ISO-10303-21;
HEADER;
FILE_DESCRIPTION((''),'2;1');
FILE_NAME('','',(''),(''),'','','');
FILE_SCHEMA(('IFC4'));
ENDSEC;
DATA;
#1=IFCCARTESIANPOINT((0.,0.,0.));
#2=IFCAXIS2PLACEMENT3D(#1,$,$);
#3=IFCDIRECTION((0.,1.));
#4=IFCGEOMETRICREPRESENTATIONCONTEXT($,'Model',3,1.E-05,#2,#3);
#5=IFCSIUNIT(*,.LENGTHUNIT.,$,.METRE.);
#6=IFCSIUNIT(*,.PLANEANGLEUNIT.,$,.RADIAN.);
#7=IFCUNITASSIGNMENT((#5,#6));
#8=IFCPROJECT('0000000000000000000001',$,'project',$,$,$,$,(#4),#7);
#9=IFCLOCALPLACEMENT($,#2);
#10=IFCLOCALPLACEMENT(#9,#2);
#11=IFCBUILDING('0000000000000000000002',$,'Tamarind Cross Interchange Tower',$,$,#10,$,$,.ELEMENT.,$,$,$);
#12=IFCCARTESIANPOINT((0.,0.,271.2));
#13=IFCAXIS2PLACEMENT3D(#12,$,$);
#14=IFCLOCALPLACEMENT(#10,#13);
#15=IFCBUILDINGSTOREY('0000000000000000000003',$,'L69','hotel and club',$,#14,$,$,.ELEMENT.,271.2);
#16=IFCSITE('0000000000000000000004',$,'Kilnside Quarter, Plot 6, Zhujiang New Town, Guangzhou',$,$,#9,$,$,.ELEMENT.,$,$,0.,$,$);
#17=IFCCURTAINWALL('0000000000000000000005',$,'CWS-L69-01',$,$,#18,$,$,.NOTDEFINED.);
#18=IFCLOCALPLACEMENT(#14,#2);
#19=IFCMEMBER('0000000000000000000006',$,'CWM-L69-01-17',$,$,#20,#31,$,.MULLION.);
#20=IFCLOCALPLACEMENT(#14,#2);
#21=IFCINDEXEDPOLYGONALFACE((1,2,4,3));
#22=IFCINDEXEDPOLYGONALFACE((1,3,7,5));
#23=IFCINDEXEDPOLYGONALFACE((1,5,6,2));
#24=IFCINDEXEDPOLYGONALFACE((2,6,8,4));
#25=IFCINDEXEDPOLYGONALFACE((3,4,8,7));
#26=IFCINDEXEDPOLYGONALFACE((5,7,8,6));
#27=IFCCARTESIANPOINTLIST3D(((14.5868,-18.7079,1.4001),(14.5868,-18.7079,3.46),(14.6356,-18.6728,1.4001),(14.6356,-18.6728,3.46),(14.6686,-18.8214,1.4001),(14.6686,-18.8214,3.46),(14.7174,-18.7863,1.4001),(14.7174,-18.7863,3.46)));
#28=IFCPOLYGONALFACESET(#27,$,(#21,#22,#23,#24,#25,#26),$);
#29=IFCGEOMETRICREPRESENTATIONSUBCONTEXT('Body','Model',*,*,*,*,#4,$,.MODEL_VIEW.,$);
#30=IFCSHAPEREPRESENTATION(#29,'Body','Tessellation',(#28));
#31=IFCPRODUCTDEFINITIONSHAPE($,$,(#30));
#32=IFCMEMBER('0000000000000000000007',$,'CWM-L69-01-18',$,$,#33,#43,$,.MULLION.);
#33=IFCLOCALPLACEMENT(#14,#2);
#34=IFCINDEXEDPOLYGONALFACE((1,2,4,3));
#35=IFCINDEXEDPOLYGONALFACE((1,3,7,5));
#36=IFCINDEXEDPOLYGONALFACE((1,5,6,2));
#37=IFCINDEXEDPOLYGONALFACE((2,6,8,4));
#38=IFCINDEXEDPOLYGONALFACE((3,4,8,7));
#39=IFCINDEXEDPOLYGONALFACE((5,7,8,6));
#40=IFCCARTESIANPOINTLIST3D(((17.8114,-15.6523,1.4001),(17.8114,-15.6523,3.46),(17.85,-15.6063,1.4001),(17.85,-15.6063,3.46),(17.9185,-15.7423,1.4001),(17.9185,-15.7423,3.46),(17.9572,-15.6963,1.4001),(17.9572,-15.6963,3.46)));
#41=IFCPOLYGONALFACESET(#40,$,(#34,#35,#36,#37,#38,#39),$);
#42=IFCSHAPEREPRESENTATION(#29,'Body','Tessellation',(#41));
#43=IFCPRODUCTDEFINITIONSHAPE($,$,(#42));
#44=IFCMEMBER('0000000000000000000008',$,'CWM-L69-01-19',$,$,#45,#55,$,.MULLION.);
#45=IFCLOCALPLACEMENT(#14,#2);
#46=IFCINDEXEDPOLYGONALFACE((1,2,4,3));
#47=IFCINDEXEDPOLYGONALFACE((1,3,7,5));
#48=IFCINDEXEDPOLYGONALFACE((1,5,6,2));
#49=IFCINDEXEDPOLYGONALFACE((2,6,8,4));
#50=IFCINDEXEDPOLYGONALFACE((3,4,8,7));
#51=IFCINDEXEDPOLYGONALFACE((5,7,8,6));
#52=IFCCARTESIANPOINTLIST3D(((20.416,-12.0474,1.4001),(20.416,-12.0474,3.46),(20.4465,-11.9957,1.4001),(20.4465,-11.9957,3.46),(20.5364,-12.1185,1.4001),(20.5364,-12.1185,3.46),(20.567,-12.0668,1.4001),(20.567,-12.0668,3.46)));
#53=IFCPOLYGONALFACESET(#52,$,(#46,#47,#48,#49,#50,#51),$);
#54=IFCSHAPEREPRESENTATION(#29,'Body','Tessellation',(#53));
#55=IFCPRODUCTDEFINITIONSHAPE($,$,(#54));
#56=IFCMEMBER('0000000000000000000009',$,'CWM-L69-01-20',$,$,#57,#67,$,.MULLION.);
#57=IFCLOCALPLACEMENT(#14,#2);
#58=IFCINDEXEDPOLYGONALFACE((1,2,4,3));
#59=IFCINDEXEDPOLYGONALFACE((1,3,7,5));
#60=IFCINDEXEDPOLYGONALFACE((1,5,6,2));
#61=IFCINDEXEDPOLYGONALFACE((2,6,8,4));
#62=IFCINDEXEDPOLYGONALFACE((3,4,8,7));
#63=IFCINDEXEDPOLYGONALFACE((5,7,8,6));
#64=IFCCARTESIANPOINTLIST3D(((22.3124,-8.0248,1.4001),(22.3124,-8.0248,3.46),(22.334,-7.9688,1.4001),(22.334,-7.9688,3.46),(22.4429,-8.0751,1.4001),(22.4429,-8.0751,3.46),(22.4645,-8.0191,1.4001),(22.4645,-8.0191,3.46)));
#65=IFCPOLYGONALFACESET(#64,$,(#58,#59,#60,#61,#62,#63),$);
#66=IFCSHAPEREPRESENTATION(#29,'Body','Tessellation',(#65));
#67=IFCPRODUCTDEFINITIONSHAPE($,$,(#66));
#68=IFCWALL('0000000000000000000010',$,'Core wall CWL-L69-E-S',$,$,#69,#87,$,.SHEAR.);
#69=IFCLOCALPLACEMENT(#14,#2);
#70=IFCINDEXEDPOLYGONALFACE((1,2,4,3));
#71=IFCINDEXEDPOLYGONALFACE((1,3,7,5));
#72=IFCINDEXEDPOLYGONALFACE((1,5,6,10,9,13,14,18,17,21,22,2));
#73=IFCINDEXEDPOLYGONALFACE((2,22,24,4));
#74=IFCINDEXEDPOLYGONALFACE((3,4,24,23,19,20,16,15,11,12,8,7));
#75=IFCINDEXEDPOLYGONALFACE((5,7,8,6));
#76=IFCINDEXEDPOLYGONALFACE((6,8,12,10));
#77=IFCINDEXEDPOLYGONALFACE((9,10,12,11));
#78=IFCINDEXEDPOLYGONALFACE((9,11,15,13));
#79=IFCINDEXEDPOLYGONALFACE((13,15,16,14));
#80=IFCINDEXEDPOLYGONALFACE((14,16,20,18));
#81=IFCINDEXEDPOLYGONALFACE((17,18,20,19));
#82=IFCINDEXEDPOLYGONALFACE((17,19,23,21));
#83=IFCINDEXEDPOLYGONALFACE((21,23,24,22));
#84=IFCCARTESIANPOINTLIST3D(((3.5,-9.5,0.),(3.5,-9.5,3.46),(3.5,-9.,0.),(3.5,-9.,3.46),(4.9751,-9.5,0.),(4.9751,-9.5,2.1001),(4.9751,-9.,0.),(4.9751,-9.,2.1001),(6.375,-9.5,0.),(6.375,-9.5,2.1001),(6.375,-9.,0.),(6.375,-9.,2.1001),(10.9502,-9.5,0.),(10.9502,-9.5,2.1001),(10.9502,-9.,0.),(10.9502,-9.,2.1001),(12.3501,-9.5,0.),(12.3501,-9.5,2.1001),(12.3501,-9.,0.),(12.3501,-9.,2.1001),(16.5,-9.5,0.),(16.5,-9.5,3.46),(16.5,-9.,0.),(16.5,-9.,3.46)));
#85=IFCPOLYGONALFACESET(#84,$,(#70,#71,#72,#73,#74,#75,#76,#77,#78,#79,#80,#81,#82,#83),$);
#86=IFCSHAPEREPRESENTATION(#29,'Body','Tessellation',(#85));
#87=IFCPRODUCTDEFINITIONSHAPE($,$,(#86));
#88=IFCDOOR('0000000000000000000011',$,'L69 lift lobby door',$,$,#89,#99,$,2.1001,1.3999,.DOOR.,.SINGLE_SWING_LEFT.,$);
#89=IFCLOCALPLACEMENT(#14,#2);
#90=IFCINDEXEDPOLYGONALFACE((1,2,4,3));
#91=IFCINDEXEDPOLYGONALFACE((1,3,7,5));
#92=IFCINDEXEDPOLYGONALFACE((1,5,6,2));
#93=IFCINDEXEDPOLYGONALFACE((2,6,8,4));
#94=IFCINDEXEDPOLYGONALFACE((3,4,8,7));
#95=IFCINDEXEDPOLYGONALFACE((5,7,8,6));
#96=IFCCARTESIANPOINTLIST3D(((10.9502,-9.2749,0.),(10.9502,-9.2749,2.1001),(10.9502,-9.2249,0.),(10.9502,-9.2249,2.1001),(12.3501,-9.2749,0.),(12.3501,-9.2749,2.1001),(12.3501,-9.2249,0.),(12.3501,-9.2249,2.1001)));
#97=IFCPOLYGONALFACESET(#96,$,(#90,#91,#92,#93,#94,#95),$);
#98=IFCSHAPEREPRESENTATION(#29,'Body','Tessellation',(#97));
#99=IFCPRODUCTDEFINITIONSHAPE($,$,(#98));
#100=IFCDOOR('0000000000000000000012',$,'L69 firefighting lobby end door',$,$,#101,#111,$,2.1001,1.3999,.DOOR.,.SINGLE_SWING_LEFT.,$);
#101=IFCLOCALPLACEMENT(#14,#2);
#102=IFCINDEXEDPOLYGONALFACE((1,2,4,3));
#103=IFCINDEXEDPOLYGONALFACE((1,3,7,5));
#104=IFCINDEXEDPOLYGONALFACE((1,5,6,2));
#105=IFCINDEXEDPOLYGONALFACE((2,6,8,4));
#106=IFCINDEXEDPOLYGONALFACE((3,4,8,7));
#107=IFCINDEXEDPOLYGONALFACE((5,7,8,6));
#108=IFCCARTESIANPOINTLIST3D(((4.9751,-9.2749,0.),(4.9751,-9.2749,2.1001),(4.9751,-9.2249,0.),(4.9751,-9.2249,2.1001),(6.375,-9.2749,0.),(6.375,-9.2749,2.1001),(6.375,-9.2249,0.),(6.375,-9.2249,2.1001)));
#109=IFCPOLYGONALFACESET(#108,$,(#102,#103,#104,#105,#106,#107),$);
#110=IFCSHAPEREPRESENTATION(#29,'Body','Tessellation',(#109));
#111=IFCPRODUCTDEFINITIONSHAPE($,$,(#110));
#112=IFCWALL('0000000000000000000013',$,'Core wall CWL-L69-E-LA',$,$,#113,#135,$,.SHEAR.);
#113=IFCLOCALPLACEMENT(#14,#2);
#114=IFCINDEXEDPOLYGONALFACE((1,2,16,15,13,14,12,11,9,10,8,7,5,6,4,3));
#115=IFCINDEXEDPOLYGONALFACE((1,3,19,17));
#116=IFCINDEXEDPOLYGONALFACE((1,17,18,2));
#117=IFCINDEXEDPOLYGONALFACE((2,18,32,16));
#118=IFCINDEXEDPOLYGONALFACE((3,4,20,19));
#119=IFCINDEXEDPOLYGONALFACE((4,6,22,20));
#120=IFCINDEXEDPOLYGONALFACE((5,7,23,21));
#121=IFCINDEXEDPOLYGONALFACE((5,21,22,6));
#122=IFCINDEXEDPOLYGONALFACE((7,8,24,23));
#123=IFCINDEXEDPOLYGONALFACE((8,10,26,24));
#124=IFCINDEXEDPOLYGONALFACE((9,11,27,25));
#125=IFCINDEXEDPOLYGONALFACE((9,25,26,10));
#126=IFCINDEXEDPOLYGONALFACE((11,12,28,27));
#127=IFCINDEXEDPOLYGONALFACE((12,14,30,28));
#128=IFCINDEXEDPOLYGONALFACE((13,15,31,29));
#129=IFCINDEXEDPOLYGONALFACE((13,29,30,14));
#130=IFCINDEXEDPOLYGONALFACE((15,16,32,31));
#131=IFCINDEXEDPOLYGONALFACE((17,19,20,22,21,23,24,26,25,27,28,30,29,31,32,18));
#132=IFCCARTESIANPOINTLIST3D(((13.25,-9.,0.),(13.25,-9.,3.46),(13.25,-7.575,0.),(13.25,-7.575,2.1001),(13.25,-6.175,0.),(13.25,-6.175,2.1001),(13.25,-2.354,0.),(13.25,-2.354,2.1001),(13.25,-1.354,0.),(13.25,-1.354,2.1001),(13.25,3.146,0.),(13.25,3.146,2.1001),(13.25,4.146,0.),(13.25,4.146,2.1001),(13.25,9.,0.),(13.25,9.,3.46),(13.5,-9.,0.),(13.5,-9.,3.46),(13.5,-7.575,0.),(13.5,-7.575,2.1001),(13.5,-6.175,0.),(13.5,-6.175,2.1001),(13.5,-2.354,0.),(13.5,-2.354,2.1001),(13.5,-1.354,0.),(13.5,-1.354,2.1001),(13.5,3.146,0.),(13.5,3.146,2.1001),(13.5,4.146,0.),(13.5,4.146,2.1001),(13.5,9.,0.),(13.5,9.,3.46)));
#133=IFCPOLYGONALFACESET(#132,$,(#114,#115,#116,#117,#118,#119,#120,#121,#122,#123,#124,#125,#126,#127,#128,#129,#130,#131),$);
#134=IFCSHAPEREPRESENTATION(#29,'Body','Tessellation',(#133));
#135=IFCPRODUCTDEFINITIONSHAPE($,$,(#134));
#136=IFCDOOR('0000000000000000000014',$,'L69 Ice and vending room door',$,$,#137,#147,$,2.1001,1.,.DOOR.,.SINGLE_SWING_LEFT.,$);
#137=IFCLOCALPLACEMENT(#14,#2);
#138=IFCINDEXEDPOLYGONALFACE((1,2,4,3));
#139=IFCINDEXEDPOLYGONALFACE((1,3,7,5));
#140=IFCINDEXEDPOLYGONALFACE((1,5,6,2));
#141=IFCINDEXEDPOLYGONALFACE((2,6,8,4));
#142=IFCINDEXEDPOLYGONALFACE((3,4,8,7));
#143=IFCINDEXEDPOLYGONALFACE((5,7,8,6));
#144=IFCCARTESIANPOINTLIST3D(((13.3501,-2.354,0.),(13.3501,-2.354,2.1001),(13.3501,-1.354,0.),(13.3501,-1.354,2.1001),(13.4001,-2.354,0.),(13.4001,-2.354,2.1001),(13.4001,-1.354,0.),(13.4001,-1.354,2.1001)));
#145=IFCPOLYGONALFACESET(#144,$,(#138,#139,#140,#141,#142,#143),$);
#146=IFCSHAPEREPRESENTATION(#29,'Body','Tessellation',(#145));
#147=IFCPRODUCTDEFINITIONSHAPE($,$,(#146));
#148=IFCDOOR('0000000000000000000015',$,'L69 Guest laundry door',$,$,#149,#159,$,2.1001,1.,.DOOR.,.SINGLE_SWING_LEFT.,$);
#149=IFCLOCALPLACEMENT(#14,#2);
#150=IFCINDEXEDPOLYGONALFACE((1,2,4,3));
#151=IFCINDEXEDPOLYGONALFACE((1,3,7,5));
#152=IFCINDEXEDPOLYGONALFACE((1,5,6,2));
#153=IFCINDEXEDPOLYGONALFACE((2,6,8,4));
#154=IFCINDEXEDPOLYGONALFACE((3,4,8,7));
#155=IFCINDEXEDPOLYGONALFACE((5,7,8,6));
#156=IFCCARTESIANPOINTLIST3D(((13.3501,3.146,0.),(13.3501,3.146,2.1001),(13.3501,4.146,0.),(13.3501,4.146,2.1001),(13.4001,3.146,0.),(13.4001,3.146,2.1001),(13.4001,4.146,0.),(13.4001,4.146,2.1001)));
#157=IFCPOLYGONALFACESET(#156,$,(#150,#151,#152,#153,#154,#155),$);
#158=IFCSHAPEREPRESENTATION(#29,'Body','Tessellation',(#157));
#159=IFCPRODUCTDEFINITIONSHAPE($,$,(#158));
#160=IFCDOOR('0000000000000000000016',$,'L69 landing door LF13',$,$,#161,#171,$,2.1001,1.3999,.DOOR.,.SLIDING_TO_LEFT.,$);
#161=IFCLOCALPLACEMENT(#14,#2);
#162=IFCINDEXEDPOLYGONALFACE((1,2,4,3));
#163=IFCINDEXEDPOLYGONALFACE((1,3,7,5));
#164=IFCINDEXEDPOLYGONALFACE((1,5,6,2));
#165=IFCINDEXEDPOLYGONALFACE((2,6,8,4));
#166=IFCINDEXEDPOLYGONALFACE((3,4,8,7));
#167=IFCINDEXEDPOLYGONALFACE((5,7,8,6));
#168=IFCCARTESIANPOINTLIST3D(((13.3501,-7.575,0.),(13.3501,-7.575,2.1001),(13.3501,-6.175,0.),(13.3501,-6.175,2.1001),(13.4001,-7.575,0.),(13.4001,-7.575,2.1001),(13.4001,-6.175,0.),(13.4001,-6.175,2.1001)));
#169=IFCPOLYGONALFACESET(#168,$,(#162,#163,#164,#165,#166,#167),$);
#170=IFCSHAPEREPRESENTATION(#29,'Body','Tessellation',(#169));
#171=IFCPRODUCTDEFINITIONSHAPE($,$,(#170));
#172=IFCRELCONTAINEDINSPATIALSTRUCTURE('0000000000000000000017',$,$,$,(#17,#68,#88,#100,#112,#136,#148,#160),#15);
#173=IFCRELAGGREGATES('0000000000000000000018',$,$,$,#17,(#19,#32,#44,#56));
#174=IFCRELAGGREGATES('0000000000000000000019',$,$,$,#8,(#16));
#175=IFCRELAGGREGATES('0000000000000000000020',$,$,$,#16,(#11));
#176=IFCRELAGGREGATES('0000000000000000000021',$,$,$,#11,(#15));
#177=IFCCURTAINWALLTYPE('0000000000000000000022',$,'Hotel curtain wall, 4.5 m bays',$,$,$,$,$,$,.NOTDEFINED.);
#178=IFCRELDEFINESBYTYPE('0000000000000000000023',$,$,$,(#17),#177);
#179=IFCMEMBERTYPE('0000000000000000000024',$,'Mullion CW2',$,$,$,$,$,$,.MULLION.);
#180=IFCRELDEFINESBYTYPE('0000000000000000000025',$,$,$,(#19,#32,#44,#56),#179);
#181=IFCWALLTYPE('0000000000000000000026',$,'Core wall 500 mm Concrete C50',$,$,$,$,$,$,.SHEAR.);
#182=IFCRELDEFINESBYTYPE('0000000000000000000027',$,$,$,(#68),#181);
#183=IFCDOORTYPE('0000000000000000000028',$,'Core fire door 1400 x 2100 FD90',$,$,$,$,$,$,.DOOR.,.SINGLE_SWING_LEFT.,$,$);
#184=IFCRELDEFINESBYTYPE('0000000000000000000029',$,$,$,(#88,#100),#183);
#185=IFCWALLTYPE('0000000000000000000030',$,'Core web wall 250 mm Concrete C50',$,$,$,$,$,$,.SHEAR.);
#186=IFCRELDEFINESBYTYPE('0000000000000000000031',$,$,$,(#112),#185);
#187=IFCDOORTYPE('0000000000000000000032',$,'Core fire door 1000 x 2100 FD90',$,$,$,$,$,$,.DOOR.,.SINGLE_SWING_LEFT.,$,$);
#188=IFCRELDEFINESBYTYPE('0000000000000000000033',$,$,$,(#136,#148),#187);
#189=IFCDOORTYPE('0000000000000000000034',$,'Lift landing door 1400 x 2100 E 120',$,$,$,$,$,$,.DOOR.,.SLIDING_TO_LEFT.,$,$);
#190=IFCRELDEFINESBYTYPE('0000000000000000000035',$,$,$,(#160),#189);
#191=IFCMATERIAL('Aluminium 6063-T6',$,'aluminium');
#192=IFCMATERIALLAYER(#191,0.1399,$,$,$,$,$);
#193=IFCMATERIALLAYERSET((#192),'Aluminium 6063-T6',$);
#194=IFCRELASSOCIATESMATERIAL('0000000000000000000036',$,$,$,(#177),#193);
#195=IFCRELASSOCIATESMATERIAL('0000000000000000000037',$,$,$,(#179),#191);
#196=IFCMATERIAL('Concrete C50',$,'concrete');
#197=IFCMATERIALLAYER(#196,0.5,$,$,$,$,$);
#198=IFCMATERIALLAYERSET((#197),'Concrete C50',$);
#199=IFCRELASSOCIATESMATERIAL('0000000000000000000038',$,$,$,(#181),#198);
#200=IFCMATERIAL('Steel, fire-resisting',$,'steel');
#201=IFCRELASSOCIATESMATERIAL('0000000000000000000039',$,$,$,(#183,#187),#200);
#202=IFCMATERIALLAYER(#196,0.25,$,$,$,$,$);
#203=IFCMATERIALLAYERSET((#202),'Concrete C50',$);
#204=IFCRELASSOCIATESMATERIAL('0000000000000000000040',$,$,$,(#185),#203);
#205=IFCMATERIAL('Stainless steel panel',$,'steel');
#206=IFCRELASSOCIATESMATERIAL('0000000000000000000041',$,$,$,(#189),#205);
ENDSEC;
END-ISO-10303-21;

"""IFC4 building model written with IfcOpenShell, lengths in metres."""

from ifc_helpers import new_model, si_unit, direction, frame, frame_2d, origin, origin_2d, place, context, subcontext, project, spatial, rectangle, extrude, material, layer, layer_set, material_profile, profile_set, type_object, element, fill, aggregate, save


model = new_model("IFC4")

# Units and contexts
model_context = context("Model", 3, precision=1e-05, world=origin(), true_north=direction((0.0, 1.0)))
body_context = subcontext(model_context, "Body", "Model", "MODEL_VIEW")
ifc_project = project(units=[si_unit("LENGTHUNIT", "METRE"), si_unit("PLANEANGLEUNIT", "RADIAN")], contexts=[model_context])

# Site, building, storey
site_placement = place(None, origin())
site = spatial("IfcSite", under=ifc_project, at=site_placement, Name="Kilnside Quarter, Plot 6, Zhujiang New Town, Guangzhou", CompositionType="ELEMENT", RefElevation=0.0)
building_placement = place(site_placement, origin())
building = spatial("IfcBuilding", under=site, at=building_placement, Name="Tamarind Cross Interchange Tower", CompositionType="ELEMENT")
storey_placement = place(building_placement, frame((0.0, 0.0, 271.2)))
storey = spatial("IfcBuildingStorey", under=building, at=storey_placement, Name="L69", Description="hotel and club", CompositionType="ELEMENT", Elevation=271.2)

# Curtain wall, members
ifc_material_1 = material(Name="Aluminium 6063-T6", Category="aluminium")
ifc_layer_1 = layer(ifc_material_1, 0.1399)
ifc_layer_set_1 = layer_set([ifc_layer_1], Name="Aluminium 6063-T6")
curtain_wall_type = type_object("IfcCurtainWallType", Name="Hotel curtain wall, 4.5 m bays", PredefinedType="NOTDEFINED", material=ifc_layer_set_1)
curtain_wall_placement = place(storey_placement, origin())
curtain_wall = element("IfcCurtainWall", 1, at=curtain_wall_placement, inside=storey, type_object=curtain_wall_type, Name="CWS-L69-01", PredefinedType="NOTDEFINED")
ifc_material_profile_1 = material_profile(ifc_material_1, rectangle(XDim=0.0601, YDim=0.1399, at=origin_2d()), Name="Mullion CW2")
ifc_profile_set_1 = profile_set([ifc_material_profile_1], Name="Aluminium 6063-T6")
member_type = type_object("IfcMemberType", Name="Mullion CW2", PredefinedType="MULLION", material=ifc_profile_set_1)
member_1_placement = place(storey_placement, frame((14.6521, -18.7471, 1.4001), z_axis=(0.0, 0.0, 1.0), x_axis=(0.81134, 0.584574, 0.0)))
member_1 = element("IfcMember", 2, at=member_1_placement, type_object=member_type, Name="CWM-L69-01-17", PredefinedType="MULLION", context=body_context, shape_type="SweptSolid", body=[
    extrude(rectangle(XDim=0.0601, YDim=0.1399, at=origin_2d()), origin(), (0.0, 0.0, 1.0), 2.0598),
])
member_2_placement = place(storey_placement, frame((17.8843, -15.6743, 1.4001), z_axis=(0.0, 0.0, 1.0), x_axis=(0.643009, 0.765858, 0.0)))
member_2 = element("IfcMember", 3, at=member_2_placement, type_object=member_type, Name="CWM-L69-01-18", PredefinedType="MULLION", context=body_context, shape_type="SweptSolid", body=[
    extrude(rectangle(XDim=0.0601, YDim=0.1399, at=origin_2d()), origin(), (0.0, 0.0, 1.0), 2.0598),
])
member_3_placement = place(storey_placement, frame((20.4915, -12.0571, 1.4001), z_axis=(0.0, 0.0, 1.0), x_axis=(0.508183, 0.861249, 0.0)))
member_3 = element("IfcMember", 4, at=member_3_placement, type_object=member_type, Name="CWM-L69-01-19", PredefinedType="MULLION", context=body_context, shape_type="SweptSolid", body=[
    extrude(rectangle(XDim=0.0601, YDim=0.1399, at=origin_2d()), origin(), (0.0, 0.0, 1.0), 2.0598),
])
member_4_placement = place(storey_placement, frame((22.3884, -8.022, 1.4001), z_axis=(0.0, 0.0, 1.0), x_axis=(0.359495, 0.933147, 0.0)))
member_4 = element("IfcMember", 5, at=member_4_placement, type_object=member_type, Name="CWM-L69-01-20", PredefinedType="MULLION", context=body_context, shape_type="SweptSolid", body=[
    extrude(rectangle(XDim=0.0601, YDim=0.1399, at=origin_2d()), origin(), (0.0, 0.0, 1.0), 2.0598),
])
aggregate(curtain_wall, [member_1, member_2, member_3, member_4])

# Walls, openings, doors
ifc_material_2 = material(Name="Concrete C50", Category="concrete")
ifc_layer_2 = layer(ifc_material_2, 0.5)
ifc_layer_set_2 = layer_set([ifc_layer_2], Name="Concrete C50")
wall_type_1 = type_object("IfcWallType", Name="Core wall 500 mm Concrete C50", PredefinedType="SHEAR", material=ifc_layer_set_2)
wall_1_placement = place(storey_placement, frame((16.5, -9.25, 0.0), z_axis=(0.0, 0.0, 1.0), x_axis=(-1.0, 0.0, 0.0)))
wall_1 = element("IfcWall", 6, at=wall_1_placement, inside=storey, type_object=wall_type_1, Name="Core wall CWL-L69-E-S", PredefinedType="SHEAR", context=body_context, shape_type="SweptSolid", body=[
    extrude(rectangle(XDim=13.0, YDim=0.5, at=frame_2d((6.5, 0.0))), origin(), (0.0, 0.0, 1.0), 3.46),
])
opening_1_placement = place(wall_1_placement, frame((4.1499, 0.0, 0.0)))
opening_1 = element("IfcOpeningElement", 7, at=opening_1_placement, cuts=wall_1, PredefinedType="OPENING", context=body_context, shape_type="SweptSolid", body=[
    extrude(rectangle(XDim=1.3999, YDim=2.1001, at=frame_2d((0.7, 1.05))), frame((0.0, 0.26, 0.0), z_axis=(0.0, -1.0, 0.0), x_axis=(1.0, 0.0, 0.0)), (0.0, 0.0, 1.0), 0.52),
])
opening_2_placement = place(wall_1_placement, frame((10.125, 0.0, 0.0)))
opening_2 = element("IfcOpeningElement", 8, at=opening_2_placement, cuts=wall_1, PredefinedType="OPENING", context=body_context, shape_type="SweptSolid", body=[
    extrude(rectangle(XDim=1.3999, YDim=2.1001, at=frame_2d((0.7, 1.05))), frame((0.0, 0.26, 0.0), z_axis=(0.0, -1.0, 0.0), x_axis=(1.0, 0.0, 0.0)), (0.0, 0.0, 1.0), 0.52),
])
ifc_material_3 = material(Name="Steel, fire-resisting", Category="steel")
door_type_1 = type_object("IfcDoorType", Name="Core fire door 1400 x 2100 FD90", OperationType="SINGLE_SWING_LEFT", PredefinedType="DOOR", material=ifc_material_3)
door_1_placement = place(opening_1_placement, origin())
door_1 = element("IfcDoor", 9, at=door_1_placement, inside=storey, type_object=door_type_1, Name="L69 lift lobby door", OperationType="SINGLE_SWING_LEFT", OverallHeight=2.1001, OverallWidth=1.3999, PredefinedType="DOOR", context=body_context, shape_type="SweptSolid", body=[
    extrude(rectangle(XDim=1.3999, YDim=2.1001, at=frame_2d((0.7, 1.05))), frame((0.0, 0.0249, 0.0), z_axis=(0.0, -1.0, 0.0), x_axis=(1.0, 0.0, 0.0)), (0.0, 0.0, 1.0), 0.05),
])
fill(opening_1, door_1)
door_2_placement = place(opening_2_placement, origin())
door_2 = element("IfcDoor", 10, at=door_2_placement, inside=storey, type_object=door_type_1, Name="L69 firefighting lobby end door", OperationType="SINGLE_SWING_LEFT", OverallHeight=2.1001, OverallWidth=1.3999, PredefinedType="DOOR", context=body_context, shape_type="SweptSolid", body=[
    extrude(rectangle(XDim=1.3999, YDim=2.1001, at=frame_2d((0.7, 1.05))), frame((0.0, 0.0249, 0.0), z_axis=(0.0, -1.0, 0.0), x_axis=(1.0, 0.0, 0.0)), (0.0, 0.0, 1.0), 0.05),
])
fill(opening_2, door_2)
ifc_layer_3 = layer(ifc_material_2, 0.25)
ifc_layer_set_3 = layer_set([ifc_layer_3], Name="Concrete C50")
wall_type_2 = type_object("IfcWallType", Name="Core web wall 250 mm Concrete C50", PredefinedType="SHEAR", material=ifc_layer_set_3)
wall_2_placement = place(storey_placement, frame((13.375, -9.0, 0.0), z_axis=(0.0, 0.0, 1.0), x_axis=(0.0, 1.0, 0.0)))
wall_2 = element("IfcWall", 11, at=wall_2_placement, inside=storey, type_object=wall_type_2, Name="Core wall CWL-L69-E-LA", PredefinedType="SHEAR", context=body_context, shape_type="SweptSolid", body=[
    extrude(rectangle(XDim=18.0, YDim=0.25, at=frame_2d((9.0, 0.0))), origin(), (0.0, 0.0, 1.0), 3.46),
])
opening_3_placement = place(wall_2_placement, frame((1.425, 0.0, 0.0)))
opening_3 = element("IfcOpeningElement", 12, at=opening_3_placement, cuts=wall_2, PredefinedType="OPENING", context=body_context, shape_type="SweptSolid", body=[
    extrude(rectangle(XDim=1.3999, YDim=2.1001, at=frame_2d((0.7, 1.05))), frame((0.0, 0.135, 0.0), z_axis=(0.0, -1.0, 0.0), x_axis=(1.0, 0.0, 0.0)), (0.0, 0.0, 1.0), 0.27),
])
opening_4_placement = place(wall_2_placement, frame((6.646, 0.0, 0.0)))
opening_4 = element("IfcOpeningElement", 13, at=opening_4_placement, cuts=wall_2, PredefinedType="OPENING", context=body_context, shape_type="SweptSolid", body=[
    extrude(rectangle(XDim=1.0, YDim=2.1001, at=frame_2d((0.5, 1.05))), frame((0.0, 0.135, 0.0), z_axis=(0.0, -1.0, 0.0), x_axis=(1.0, 0.0, 0.0)), (0.0, 0.0, 1.0), 0.27),
])
opening_5_placement = place(wall_2_placement, frame((12.146, 0.0, 0.0)))
opening_5 = element("IfcOpeningElement", 14, at=opening_5_placement, cuts=wall_2, PredefinedType="OPENING", context=body_context, shape_type="SweptSolid", body=[
    extrude(rectangle(XDim=1.0, YDim=2.1001, at=frame_2d((0.5, 1.05))), frame((0.0, 0.135, 0.0), z_axis=(0.0, -1.0, 0.0), x_axis=(1.0, 0.0, 0.0)), (0.0, 0.0, 1.0), 0.27),
])
door_type_2 = type_object("IfcDoorType", Name="Core fire door 1000 x 2100 FD90", OperationType="SINGLE_SWING_LEFT", PredefinedType="DOOR", material=ifc_material_3)
door_3_placement = place(opening_4_placement, origin())
door_3 = element("IfcDoor", 15, at=door_3_placement, inside=storey, type_object=door_type_2, Name="L69 Ice and vending room door", OperationType="SINGLE_SWING_LEFT", OverallHeight=2.1001, OverallWidth=1.0, PredefinedType="DOOR", context=body_context, shape_type="SweptSolid", body=[
    extrude(rectangle(XDim=1.0, YDim=2.1001, at=frame_2d((0.5, 1.05))), frame((0.0, 0.0249, 0.0), z_axis=(0.0, -1.0, 0.0), x_axis=(1.0, 0.0, 0.0)), (0.0, 0.0, 1.0), 0.05),
])
fill(opening_4, door_3)
door_4_placement = place(opening_5_placement, origin())
door_4 = element("IfcDoor", 16, at=door_4_placement, inside=storey, type_object=door_type_2, Name="L69 Guest laundry door", OperationType="SINGLE_SWING_LEFT", OverallHeight=2.1001, OverallWidth=1.0, PredefinedType="DOOR", context=body_context, shape_type="SweptSolid", body=[
    extrude(rectangle(XDim=1.0, YDim=2.1001, at=frame_2d((0.5, 1.05))), frame((0.0, 0.0249, 0.0), z_axis=(0.0, -1.0, 0.0), x_axis=(1.0, 0.0, 0.0)), (0.0, 0.0, 1.0), 0.05),
])
fill(opening_5, door_4)
ifc_material_4 = material(Name="Stainless steel panel", Category="steel")
door_type_3 = type_object("IfcDoorType", Name="Lift landing door 1400 x 2100 E 120", OperationType="SLIDING_TO_LEFT", PredefinedType="DOOR", material=ifc_material_4)
door_5_placement = place(opening_3_placement, origin())
door_5 = element("IfcDoor", 17, at=door_5_placement, inside=storey, type_object=door_type_3, Name="L69 landing door LF13", OperationType="SLIDING_TO_LEFT", OverallHeight=2.1001, OverallWidth=1.3999, PredefinedType="DOOR", context=body_context, shape_type="SweptSolid", body=[
    extrude(rectangle(XDim=1.3999, YDim=2.1001, at=frame_2d((0.7, 1.05))), frame((0.0, 0.0249, 0.0), z_axis=(0.0, -1.0, 0.0), x_axis=(1.0, 0.0, 0.0)), (0.0, 0.0, 1.0), 0.05),
])
fill(opening_3, door_5)

save(model, "model.ifc")
